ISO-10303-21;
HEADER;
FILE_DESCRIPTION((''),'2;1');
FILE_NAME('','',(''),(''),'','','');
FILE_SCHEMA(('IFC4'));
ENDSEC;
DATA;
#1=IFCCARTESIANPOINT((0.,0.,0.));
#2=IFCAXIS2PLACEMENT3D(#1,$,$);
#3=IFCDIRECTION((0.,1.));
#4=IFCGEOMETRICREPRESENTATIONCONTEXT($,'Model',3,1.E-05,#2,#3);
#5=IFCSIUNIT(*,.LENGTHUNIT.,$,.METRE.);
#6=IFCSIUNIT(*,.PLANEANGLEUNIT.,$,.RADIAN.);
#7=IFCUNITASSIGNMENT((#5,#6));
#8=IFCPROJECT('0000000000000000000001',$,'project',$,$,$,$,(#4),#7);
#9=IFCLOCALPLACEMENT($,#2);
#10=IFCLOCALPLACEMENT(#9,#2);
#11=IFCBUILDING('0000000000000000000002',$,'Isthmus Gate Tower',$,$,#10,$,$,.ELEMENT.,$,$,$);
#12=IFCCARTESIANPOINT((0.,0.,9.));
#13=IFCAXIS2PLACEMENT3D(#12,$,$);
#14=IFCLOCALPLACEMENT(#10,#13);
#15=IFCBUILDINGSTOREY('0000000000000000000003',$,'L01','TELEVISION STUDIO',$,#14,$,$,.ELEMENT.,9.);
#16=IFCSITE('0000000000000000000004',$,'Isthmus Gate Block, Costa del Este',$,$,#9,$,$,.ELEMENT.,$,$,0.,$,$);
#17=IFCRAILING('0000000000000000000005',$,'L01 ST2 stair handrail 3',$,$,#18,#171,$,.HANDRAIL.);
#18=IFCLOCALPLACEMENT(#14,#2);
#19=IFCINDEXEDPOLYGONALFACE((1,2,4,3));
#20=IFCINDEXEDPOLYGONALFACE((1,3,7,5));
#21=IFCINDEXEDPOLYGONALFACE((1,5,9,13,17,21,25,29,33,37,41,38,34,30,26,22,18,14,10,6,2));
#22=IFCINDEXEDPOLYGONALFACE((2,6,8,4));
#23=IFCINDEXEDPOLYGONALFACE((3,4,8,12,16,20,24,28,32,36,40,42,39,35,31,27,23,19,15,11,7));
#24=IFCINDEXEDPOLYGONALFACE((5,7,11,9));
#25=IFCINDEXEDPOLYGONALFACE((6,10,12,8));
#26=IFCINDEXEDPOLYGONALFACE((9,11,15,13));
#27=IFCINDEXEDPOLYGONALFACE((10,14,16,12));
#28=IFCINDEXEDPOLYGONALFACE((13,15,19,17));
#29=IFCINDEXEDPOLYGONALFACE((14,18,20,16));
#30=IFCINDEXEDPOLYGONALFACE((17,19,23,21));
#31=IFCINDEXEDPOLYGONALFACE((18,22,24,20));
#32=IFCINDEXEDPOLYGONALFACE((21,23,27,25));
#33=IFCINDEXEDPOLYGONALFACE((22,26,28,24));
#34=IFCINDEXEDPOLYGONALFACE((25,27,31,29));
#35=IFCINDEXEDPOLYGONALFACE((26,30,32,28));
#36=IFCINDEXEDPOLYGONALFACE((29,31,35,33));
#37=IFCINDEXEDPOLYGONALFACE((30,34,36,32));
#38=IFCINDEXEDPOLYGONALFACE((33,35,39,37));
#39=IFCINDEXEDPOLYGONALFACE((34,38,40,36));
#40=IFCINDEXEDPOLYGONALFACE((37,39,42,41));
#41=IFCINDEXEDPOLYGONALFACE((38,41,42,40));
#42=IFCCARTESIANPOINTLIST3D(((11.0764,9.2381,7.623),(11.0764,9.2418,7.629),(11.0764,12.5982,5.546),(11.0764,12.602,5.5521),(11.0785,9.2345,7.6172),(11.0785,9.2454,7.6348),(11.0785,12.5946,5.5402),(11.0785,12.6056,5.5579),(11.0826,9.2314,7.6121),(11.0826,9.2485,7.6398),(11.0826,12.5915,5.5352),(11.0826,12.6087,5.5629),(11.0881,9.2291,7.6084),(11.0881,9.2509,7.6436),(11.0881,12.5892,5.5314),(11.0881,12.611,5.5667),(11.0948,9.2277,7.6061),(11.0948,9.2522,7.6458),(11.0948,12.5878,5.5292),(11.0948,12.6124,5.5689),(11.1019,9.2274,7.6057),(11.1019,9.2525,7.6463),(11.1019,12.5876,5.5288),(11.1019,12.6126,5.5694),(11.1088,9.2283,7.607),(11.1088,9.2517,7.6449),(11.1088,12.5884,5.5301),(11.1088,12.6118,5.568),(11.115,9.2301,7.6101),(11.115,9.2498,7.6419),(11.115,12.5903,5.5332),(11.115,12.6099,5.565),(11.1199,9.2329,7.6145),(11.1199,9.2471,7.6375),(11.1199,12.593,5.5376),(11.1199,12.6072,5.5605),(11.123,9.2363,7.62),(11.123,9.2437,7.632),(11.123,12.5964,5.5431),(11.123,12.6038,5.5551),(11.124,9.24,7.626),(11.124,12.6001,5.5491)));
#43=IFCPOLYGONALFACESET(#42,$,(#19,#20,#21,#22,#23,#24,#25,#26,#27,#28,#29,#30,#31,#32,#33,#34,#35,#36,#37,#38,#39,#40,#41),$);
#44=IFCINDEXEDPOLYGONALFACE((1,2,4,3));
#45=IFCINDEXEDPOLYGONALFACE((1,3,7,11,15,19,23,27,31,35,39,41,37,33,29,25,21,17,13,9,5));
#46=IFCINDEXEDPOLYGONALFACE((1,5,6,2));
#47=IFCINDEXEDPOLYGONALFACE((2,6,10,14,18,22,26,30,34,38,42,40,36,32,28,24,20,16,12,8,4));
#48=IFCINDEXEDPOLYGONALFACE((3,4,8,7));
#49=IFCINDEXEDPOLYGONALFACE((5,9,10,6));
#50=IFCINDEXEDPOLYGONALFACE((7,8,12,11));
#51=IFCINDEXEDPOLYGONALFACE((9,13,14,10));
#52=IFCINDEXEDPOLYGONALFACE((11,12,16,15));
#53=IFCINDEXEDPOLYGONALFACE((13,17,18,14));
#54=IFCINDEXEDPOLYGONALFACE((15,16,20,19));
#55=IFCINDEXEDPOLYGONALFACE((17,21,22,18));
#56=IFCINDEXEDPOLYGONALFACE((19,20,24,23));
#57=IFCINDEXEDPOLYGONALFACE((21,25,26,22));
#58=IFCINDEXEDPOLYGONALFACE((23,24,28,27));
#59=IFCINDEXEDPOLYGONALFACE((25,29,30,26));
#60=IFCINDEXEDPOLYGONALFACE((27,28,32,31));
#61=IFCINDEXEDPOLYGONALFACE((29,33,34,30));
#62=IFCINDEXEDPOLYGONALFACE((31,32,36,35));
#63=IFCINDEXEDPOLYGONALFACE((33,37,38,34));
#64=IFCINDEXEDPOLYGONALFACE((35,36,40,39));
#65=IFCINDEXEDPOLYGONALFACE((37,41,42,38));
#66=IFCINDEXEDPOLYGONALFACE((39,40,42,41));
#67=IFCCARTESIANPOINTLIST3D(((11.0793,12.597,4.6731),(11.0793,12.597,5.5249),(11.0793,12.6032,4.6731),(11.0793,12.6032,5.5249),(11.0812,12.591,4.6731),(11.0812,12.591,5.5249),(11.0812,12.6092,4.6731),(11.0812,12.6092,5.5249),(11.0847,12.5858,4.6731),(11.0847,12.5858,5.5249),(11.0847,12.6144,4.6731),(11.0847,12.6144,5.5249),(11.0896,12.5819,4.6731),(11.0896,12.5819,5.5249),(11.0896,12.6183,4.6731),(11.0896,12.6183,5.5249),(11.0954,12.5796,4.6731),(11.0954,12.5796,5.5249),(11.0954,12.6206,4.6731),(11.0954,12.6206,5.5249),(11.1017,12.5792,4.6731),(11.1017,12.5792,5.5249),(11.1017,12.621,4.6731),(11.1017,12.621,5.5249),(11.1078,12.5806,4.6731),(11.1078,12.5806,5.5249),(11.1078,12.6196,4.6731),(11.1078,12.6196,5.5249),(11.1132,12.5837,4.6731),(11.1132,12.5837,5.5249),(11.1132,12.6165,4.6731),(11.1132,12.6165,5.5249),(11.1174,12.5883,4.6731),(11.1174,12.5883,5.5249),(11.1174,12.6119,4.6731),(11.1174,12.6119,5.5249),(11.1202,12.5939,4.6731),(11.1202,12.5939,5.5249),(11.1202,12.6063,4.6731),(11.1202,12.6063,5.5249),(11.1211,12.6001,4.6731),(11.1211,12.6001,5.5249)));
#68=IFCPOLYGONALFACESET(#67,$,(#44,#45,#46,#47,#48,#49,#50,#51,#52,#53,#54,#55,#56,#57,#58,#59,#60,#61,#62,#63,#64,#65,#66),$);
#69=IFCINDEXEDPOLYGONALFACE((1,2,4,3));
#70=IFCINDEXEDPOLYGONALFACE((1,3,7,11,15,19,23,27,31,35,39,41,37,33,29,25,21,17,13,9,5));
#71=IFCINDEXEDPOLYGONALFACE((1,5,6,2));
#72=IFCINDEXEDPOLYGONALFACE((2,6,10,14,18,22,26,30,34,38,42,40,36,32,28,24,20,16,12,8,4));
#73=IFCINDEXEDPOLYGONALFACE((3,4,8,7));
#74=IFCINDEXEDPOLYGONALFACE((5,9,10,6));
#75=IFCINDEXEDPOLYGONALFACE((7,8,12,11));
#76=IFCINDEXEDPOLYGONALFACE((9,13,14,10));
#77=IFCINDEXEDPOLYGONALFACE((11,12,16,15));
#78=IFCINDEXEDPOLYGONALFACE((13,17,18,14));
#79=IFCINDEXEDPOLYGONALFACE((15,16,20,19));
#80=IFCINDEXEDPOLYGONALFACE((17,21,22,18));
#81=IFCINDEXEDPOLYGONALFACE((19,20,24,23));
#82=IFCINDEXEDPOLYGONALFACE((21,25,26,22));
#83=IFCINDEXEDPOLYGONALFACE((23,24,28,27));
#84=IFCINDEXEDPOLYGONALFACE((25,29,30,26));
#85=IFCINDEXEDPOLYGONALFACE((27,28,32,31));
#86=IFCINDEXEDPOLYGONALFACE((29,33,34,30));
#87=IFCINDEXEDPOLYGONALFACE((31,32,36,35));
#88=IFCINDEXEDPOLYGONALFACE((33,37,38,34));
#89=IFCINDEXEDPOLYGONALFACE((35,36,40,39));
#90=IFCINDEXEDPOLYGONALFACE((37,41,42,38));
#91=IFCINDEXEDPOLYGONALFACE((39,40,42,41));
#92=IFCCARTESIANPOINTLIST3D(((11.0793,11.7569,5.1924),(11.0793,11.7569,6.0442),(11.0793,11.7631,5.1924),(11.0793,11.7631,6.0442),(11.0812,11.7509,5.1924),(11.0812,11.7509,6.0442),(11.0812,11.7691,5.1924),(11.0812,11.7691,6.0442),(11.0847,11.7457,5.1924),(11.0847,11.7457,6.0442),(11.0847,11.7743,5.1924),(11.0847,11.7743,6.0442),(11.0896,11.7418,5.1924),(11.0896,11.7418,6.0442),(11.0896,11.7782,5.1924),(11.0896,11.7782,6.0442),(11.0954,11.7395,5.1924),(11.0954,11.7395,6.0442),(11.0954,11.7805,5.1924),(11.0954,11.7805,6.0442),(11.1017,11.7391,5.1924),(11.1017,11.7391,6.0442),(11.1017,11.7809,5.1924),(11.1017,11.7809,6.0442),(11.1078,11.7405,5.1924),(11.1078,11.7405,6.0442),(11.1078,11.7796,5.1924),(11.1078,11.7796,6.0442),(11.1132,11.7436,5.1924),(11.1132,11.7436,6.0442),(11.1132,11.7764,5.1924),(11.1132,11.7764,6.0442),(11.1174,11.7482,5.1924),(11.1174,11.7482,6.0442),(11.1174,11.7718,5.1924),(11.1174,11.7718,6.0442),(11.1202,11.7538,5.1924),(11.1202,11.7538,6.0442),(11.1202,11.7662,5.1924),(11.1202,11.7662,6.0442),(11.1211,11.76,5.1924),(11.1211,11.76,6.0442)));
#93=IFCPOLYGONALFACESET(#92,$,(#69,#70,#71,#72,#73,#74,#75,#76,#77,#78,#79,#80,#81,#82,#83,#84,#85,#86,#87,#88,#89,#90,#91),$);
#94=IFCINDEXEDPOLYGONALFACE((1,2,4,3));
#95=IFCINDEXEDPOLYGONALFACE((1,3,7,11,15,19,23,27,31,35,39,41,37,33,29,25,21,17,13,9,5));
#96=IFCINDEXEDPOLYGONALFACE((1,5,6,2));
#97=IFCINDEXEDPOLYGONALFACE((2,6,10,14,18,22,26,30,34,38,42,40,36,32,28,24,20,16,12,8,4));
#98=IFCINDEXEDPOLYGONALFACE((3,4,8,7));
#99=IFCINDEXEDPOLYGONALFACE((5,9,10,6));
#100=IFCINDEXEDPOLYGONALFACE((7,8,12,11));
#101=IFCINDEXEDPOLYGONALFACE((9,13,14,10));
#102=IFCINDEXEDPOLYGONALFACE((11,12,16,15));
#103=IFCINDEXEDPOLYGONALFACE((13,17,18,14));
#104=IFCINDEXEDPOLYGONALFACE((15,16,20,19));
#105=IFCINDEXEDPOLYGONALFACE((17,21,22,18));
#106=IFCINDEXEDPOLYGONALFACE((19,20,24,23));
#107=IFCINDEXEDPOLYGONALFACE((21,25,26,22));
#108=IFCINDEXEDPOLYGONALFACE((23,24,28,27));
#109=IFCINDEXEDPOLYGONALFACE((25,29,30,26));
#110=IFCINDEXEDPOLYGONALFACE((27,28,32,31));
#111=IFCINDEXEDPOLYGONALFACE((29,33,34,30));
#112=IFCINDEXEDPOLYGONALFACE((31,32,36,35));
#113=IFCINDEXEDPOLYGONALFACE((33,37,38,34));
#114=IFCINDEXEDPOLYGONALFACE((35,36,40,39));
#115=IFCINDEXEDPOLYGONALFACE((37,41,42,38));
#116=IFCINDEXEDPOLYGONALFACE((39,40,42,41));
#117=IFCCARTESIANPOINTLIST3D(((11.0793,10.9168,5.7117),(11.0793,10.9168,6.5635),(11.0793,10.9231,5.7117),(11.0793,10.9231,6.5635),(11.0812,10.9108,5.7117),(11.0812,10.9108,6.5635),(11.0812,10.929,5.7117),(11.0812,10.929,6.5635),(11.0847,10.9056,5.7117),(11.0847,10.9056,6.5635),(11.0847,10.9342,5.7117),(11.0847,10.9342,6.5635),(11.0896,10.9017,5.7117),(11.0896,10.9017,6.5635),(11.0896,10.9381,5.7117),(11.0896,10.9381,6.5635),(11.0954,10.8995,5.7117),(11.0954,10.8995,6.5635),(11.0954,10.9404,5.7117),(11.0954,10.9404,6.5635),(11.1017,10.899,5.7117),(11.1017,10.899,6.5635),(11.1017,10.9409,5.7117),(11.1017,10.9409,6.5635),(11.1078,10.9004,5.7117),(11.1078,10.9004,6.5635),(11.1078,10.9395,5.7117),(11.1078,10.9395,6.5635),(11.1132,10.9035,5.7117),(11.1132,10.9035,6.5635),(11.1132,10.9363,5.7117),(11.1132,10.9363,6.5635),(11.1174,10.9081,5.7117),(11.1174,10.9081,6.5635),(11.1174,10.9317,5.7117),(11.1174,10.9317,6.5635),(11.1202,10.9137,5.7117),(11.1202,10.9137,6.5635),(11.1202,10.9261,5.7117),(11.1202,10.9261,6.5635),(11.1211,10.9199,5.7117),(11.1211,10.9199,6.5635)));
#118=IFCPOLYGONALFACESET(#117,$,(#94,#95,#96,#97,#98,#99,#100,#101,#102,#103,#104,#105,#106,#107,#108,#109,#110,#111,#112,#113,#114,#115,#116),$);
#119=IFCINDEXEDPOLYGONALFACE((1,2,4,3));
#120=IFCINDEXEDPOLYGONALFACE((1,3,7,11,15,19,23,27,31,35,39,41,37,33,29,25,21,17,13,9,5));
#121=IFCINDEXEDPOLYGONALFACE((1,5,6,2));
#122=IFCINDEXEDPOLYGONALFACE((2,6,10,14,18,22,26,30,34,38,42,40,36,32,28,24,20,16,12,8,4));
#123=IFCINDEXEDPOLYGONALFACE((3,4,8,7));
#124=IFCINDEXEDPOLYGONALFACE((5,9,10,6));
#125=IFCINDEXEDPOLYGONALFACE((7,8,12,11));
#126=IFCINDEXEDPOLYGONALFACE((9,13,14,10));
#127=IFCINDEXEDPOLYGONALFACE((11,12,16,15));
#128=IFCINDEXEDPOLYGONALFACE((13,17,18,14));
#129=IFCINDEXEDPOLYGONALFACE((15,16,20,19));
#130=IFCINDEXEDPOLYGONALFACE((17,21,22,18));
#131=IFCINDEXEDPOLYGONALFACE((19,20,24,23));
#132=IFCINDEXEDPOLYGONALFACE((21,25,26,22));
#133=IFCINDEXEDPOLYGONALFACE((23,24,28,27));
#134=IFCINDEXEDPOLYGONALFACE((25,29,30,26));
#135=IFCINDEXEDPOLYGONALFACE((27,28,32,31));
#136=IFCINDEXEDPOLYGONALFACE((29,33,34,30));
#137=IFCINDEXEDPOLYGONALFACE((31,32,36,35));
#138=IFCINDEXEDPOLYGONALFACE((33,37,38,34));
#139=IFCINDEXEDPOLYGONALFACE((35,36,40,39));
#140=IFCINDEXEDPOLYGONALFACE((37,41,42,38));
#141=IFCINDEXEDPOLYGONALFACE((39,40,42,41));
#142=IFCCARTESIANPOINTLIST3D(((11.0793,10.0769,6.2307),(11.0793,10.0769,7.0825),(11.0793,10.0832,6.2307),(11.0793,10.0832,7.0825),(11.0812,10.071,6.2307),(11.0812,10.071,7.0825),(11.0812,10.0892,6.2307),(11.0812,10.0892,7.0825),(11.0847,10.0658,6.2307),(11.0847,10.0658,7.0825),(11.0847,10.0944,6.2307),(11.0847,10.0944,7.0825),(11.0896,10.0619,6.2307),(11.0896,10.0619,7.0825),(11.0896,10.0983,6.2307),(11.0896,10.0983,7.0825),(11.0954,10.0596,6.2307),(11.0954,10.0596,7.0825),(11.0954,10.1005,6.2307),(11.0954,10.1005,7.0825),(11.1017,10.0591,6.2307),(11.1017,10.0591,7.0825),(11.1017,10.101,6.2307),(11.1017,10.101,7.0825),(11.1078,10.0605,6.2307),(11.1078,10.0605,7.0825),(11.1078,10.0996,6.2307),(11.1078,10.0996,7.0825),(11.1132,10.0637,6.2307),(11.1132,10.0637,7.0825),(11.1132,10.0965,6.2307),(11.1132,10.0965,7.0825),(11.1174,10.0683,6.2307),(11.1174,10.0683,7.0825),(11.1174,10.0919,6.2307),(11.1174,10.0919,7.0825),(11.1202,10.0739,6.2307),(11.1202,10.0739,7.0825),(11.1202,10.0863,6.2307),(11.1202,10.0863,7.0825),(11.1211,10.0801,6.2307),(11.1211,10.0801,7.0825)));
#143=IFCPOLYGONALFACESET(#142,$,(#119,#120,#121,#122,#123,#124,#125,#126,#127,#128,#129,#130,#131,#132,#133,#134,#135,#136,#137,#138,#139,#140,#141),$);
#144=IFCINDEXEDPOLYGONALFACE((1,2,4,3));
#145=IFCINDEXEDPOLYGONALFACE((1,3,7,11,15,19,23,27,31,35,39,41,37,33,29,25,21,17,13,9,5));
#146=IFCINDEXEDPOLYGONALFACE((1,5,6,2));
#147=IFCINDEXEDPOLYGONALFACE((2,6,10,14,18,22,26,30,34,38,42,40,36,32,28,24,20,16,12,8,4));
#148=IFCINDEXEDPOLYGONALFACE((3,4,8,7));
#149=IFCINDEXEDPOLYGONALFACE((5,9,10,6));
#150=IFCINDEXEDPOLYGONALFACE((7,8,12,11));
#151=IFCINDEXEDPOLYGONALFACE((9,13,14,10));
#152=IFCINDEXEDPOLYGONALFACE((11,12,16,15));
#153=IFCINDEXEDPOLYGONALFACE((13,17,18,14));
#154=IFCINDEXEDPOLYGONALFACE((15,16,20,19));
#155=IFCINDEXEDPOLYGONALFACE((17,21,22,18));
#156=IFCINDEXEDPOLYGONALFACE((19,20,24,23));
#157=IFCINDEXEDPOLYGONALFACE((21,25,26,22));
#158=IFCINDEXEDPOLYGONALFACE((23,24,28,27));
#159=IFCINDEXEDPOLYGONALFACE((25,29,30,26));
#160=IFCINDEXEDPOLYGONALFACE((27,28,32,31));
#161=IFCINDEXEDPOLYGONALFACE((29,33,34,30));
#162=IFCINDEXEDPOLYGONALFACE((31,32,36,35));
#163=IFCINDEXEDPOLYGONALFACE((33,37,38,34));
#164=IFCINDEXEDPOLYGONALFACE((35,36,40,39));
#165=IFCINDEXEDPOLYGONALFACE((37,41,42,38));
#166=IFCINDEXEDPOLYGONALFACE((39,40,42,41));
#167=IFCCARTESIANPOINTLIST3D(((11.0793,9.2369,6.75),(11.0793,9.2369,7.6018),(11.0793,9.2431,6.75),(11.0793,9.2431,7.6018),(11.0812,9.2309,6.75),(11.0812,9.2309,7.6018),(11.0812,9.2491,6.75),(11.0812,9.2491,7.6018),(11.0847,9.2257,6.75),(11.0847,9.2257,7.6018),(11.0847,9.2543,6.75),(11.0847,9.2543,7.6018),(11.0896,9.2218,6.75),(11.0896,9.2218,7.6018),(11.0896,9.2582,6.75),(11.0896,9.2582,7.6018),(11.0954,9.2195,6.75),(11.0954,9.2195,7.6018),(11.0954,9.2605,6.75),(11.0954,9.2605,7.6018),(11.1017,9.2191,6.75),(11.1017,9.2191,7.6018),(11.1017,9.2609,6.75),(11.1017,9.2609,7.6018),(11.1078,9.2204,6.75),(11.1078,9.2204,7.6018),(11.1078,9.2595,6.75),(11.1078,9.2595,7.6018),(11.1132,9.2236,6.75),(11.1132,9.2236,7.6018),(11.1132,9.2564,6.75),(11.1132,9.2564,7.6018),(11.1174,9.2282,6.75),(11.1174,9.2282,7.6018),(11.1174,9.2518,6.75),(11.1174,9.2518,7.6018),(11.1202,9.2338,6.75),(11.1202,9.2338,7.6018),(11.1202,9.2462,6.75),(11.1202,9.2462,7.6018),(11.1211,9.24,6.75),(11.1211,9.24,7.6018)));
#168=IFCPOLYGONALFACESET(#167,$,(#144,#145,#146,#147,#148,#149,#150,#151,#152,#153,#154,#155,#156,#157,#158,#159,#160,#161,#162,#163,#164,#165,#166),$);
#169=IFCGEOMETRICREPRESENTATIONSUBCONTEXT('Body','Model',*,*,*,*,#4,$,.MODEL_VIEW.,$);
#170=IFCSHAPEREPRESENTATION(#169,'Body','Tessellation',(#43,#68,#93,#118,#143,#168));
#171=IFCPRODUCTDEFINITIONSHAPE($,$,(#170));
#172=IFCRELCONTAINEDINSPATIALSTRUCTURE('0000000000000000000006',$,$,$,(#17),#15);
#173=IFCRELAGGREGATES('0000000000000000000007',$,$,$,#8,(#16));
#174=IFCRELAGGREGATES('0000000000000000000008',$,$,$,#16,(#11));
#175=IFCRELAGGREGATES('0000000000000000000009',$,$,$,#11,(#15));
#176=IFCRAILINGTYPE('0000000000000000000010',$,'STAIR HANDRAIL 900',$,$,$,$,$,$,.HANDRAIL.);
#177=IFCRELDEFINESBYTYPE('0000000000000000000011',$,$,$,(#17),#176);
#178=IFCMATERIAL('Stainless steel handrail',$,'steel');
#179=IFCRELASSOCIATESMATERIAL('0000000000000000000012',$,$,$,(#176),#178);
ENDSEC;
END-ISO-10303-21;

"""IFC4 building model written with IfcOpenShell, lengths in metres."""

from ifc_helpers import new_model, si_unit, direction, frame, origin, origin_2d, place, context, subcontext, project, spatial, circle, extrude, material, type_object, element, save


model = new_model("IFC4")

# Units and contexts
model_context = context("Model", 3, precision=1e-05, world=origin(), true_north=direction((0.0, 1.0)))
body_context = subcontext(model_context, "Body", "Model", "MODEL_VIEW")
ifc_project = project(units=[si_unit("LENGTHUNIT", "METRE"), si_unit("PLANEANGLEUNIT", "RADIAN")], contexts=[model_context])

# Site, building, storey
site_placement = place(None, origin())
site = spatial("IfcSite", under=ifc_project, at=site_placement, Name="Isthmus Gate Block, Costa del Este", CompositionType="ELEMENT", RefElevation=0.0)
building_placement = place(site_placement, origin())
building = spatial("IfcBuilding", under=site, at=building_placement, Name="Isthmus Gate Tower", CompositionType="ELEMENT")
storey_placement = place(building_placement, frame((0.0, 0.0, 9.0)))
storey = spatial("IfcBuildingStorey", under=building, at=storey_placement, Name="L01", Description="TELEVISION STUDIO", CompositionType="ELEMENT", Elevation=9.0)

# Railing
ifc_material_1 = material(Name="Stainless steel handrail", Category="steel")
railing_type_1 = type_object("IfcRailingType", Name="STAIR HANDRAIL 900", PredefinedType="HANDRAIL", material=ifc_material_1)
railing_1_placement = place(storey_placement, frame((11.1001, 12.6001, 4.6731)))
element("IfcRailing", 1, at=railing_1_placement, inside=storey, type_object=railing_type_1, Name="L01 ST2 stair handrail 3", PredefinedType="HANDRAIL", context=body_context, shape_type="SweptSolid", body=[
    extrude(circle(Radius=0.0239, at=origin_2d()), frame((0.0, 0.0, 0.876), z_axis=(0.0, -0.850623, 0.525776), x_axis=(1.0, 0.0, 0.0)), (0.0, 0.0, 1.0), 3.9502),
    extrude(circle(Radius=0.021, at=origin_2d()), origin(), (0.0, 0.0, 1.0), 0.8518),
    extrude(circle(Radius=0.021, at=origin_2d()), frame((0.0, -0.8401, 0.5193)), (0.0, 0.0, 1.0), 0.8518),
    extrude(circle(Radius=0.021, at=origin_2d()), frame((0.0, -1.6802, 1.0386)), (0.0, 0.0, 1.0), 0.8518),
    extrude(circle(Radius=0.021, at=origin_2d()), frame((0.0, -2.52, 1.5576)), (0.0, 0.0, 1.0), 0.8518),
    extrude(circle(Radius=0.021, at=origin_2d()), frame((0.0, -3.3601, 2.0769)), (0.0, 0.0, 1.0), 0.8518),
])

save(model, "model.ifc")
